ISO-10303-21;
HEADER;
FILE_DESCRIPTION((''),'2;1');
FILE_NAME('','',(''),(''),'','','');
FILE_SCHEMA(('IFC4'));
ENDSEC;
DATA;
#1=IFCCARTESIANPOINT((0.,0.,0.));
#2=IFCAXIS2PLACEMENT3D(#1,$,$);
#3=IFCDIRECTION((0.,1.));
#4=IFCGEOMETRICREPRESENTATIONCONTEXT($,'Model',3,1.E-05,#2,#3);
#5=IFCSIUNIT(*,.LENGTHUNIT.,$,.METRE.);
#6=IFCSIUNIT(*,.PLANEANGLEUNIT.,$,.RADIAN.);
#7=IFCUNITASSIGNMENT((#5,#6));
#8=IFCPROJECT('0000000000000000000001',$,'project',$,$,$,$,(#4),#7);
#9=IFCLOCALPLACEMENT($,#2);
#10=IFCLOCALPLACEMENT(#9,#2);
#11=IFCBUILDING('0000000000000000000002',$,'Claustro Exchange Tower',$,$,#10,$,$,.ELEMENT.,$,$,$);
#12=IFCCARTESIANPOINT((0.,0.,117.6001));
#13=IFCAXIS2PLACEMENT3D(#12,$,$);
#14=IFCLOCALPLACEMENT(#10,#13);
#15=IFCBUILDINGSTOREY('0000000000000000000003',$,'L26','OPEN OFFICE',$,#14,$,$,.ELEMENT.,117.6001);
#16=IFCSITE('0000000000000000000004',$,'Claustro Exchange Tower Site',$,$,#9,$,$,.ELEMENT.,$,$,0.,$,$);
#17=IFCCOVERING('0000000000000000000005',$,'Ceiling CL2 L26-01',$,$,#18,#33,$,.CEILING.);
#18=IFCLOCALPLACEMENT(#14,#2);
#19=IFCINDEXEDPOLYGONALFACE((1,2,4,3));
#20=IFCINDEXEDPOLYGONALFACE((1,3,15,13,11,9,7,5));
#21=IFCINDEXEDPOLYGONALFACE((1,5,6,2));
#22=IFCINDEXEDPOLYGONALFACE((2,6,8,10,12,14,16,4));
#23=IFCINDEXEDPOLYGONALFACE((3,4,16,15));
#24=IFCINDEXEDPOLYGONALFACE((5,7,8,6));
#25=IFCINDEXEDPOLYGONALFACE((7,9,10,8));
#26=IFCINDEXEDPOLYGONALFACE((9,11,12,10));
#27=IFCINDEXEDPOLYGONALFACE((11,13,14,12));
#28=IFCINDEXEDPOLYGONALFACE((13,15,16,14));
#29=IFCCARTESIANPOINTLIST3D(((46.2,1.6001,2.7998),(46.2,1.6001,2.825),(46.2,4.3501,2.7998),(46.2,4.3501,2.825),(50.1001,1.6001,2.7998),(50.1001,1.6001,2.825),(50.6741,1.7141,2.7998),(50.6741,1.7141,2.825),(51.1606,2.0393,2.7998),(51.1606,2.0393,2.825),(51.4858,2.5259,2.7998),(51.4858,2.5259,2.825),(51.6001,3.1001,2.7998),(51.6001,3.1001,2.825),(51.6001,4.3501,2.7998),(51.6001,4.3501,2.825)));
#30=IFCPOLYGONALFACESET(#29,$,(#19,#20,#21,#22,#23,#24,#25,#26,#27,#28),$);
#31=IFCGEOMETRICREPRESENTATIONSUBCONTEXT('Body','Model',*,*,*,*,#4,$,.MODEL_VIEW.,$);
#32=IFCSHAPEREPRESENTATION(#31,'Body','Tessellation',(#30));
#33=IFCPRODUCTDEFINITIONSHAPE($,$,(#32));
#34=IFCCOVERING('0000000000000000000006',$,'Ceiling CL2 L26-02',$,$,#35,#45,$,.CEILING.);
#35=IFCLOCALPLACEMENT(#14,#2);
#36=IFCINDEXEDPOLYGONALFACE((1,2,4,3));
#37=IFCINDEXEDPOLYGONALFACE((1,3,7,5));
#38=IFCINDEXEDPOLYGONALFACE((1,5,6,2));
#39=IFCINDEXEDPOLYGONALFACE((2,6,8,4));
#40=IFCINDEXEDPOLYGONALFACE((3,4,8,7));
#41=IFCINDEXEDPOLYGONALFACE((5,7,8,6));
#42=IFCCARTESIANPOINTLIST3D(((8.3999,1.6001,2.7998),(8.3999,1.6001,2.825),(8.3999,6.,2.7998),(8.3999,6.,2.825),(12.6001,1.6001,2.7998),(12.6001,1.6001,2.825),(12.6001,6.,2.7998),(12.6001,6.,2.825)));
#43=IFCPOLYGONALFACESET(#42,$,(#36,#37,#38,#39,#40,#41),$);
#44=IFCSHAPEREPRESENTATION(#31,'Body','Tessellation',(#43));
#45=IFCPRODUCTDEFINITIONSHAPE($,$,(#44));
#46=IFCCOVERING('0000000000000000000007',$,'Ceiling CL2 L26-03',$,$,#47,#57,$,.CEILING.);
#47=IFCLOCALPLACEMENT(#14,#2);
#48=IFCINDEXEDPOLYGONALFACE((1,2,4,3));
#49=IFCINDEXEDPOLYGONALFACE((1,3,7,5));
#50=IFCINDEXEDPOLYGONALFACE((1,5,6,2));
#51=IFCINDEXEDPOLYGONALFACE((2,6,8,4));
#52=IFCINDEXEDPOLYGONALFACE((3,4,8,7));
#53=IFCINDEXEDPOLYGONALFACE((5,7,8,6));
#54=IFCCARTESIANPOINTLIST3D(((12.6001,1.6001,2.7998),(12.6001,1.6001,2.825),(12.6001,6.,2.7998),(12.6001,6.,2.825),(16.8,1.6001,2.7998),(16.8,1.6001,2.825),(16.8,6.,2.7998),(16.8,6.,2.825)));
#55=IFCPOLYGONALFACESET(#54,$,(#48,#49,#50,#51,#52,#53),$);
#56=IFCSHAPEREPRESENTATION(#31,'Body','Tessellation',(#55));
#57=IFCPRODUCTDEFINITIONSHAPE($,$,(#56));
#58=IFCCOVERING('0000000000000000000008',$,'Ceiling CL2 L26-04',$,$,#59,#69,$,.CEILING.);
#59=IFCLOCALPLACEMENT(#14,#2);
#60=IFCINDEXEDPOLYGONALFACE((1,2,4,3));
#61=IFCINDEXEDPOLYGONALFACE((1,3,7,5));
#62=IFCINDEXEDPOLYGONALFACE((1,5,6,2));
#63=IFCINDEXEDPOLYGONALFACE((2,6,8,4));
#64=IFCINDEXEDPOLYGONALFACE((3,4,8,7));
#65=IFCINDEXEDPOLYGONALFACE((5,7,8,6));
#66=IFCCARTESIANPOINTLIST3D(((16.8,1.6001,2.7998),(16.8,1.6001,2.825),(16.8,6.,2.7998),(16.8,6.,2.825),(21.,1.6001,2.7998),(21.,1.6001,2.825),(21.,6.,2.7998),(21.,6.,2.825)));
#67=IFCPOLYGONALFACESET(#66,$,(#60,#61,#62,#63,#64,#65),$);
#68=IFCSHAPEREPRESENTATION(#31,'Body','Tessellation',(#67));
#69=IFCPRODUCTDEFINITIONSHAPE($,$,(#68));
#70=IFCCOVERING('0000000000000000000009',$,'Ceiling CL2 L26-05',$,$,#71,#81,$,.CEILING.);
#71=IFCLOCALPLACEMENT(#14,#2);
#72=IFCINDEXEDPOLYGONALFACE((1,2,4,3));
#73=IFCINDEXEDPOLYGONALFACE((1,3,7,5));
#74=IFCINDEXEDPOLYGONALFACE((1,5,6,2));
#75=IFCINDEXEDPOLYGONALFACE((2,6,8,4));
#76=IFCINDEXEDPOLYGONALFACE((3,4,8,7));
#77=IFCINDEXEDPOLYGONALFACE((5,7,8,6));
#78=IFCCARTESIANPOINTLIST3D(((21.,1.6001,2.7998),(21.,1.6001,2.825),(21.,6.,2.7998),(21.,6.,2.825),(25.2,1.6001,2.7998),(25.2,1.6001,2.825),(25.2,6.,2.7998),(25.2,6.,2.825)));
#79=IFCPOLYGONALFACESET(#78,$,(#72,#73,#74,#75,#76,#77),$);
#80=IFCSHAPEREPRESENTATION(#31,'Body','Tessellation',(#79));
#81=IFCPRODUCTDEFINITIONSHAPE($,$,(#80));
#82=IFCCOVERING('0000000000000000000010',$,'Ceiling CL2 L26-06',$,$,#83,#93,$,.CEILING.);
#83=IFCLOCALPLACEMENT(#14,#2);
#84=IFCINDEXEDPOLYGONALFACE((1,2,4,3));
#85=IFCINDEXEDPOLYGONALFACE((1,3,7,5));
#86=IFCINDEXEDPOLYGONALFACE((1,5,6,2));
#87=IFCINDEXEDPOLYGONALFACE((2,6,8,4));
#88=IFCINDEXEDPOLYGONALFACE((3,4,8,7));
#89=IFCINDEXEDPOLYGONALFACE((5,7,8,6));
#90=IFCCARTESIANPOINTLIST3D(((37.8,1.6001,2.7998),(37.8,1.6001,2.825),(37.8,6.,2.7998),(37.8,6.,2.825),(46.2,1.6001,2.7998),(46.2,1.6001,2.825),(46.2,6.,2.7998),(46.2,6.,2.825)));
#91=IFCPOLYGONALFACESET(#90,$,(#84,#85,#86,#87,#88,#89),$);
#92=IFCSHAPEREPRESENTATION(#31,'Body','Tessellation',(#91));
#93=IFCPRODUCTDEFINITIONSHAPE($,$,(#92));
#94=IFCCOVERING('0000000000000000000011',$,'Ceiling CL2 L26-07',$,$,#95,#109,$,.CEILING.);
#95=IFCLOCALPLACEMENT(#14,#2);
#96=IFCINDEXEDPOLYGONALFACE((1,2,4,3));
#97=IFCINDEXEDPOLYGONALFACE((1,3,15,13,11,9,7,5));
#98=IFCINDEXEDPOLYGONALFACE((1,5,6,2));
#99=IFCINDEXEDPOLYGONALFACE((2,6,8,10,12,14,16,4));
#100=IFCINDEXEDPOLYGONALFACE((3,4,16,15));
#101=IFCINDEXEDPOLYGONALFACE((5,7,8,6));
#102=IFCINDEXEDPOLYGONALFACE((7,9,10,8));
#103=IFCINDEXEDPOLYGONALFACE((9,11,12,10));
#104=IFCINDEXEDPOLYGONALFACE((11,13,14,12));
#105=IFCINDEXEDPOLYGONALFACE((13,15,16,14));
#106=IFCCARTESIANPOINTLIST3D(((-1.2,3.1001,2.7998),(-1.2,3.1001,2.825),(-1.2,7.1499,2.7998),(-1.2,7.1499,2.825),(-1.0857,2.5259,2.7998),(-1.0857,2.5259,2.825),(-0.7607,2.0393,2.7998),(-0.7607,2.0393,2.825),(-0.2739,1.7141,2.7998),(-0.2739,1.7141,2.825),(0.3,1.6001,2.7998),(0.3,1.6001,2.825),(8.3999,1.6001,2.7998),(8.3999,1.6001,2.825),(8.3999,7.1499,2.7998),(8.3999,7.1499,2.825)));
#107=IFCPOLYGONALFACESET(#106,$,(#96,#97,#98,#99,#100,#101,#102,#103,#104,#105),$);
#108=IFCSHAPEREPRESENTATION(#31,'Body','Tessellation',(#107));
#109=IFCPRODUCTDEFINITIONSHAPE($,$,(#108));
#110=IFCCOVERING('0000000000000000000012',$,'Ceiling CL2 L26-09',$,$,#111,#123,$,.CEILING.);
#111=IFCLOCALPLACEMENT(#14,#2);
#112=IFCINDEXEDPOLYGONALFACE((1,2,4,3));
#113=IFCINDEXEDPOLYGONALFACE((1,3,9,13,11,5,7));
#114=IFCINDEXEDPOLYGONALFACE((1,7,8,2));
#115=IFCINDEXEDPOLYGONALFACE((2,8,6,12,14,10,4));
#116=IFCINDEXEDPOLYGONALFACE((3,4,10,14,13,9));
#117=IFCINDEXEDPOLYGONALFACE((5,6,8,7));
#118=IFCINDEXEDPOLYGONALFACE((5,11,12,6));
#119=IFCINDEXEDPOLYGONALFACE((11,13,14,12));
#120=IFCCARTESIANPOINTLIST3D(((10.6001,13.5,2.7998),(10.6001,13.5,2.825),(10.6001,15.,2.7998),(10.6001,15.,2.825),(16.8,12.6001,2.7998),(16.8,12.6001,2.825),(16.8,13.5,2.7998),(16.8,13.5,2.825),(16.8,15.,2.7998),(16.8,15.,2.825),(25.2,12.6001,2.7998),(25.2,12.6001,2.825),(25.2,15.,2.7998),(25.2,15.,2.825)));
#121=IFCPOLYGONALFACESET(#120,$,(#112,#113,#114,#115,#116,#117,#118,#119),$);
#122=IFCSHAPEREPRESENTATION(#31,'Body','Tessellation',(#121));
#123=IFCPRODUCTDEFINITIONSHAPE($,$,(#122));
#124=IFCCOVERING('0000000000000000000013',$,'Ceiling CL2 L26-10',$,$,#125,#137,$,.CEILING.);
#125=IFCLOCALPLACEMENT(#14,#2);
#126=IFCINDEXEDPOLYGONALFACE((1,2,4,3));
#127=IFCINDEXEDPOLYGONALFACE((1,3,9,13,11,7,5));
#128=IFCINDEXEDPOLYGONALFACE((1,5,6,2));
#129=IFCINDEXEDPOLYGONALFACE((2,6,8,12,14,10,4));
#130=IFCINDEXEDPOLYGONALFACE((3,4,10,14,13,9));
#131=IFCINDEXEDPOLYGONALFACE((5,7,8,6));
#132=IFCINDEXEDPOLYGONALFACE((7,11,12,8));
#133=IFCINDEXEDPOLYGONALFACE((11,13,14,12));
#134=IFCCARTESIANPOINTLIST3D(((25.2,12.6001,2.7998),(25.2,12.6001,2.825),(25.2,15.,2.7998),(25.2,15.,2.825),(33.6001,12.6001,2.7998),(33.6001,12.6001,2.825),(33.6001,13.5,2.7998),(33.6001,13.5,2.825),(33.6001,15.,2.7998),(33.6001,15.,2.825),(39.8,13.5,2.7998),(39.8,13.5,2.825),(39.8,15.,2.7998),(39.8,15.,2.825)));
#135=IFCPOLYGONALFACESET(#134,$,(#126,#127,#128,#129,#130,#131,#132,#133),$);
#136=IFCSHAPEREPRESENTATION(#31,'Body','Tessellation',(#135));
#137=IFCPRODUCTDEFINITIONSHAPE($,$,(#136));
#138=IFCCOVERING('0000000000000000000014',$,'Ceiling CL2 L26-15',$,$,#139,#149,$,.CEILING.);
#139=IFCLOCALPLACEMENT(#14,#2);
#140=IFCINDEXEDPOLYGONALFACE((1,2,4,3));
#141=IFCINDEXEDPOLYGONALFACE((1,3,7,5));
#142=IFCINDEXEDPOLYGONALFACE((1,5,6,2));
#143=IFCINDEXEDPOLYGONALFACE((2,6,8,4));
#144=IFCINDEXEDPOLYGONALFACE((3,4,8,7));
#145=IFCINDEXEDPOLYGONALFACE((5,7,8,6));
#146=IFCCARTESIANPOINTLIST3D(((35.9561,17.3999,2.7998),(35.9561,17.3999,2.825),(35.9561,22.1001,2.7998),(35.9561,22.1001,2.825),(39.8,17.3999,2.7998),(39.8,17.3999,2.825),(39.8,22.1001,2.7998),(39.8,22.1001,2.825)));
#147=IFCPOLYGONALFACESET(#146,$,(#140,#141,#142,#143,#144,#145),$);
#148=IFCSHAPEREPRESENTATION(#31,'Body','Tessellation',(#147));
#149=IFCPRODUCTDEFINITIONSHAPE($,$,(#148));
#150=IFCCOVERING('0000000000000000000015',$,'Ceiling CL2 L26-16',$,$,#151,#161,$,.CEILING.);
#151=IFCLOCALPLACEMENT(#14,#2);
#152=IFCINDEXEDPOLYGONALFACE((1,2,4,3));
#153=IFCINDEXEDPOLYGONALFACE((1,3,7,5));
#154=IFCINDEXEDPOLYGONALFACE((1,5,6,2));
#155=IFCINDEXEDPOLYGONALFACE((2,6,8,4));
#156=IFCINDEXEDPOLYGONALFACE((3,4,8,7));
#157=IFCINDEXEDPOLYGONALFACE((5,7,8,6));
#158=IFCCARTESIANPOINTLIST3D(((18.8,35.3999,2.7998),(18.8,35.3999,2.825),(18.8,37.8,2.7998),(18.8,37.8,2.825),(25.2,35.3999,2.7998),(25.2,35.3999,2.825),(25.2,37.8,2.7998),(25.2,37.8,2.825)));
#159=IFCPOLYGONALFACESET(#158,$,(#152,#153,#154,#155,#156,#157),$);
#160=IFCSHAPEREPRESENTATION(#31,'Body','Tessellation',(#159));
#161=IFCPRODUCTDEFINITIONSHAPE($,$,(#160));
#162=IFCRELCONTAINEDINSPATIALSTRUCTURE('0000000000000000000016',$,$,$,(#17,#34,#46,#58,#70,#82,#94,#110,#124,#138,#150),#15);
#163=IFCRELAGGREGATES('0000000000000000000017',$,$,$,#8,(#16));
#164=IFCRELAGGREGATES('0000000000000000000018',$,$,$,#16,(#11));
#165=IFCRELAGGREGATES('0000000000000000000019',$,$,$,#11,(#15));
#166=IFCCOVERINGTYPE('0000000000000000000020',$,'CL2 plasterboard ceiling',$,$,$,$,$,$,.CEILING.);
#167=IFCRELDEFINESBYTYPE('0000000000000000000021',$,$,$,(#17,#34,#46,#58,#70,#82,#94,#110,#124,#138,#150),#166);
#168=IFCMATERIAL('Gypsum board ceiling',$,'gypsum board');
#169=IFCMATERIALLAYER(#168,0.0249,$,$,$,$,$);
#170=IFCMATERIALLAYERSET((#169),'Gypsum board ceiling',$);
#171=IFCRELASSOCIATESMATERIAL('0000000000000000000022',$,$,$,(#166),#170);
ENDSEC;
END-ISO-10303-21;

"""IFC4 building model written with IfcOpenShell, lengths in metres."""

from ifc_helpers import new_model, si_unit, direction, frame, origin, place, context, subcontext, project, spatial, polyline, outline, extrude, material, layer, layer_set, type_object, element, save


model = new_model("IFC4")

# Units and contexts
model_context = context("Model", 3, precision=1e-05, world=origin(), true_north=direction((0.0, 1.0)))
body_context = subcontext(model_context, "Body", "Model", "MODEL_VIEW")
ifc_project = project(units=[si_unit("LENGTHUNIT", "METRE"), si_unit("PLANEANGLEUNIT", "RADIAN")], contexts=[model_context])

# Site, building, storey
site_placement = place(None, origin())
site = spatial("IfcSite", under=ifc_project, at=site_placement, Name="Claustro Exchange Tower Site", CompositionType="ELEMENT", RefElevation=0.0)
building_placement = place(site_placement, origin())
building = spatial("IfcBuilding", under=site, at=building_placement, Name="Claustro Exchange Tower", CompositionType="ELEMENT")
storey_placement = place(building_placement, frame((0.0, 0.0, 117.6001)))
storey = spatial("IfcBuildingStorey", under=building, at=storey_placement, Name="L26", Description="OPEN OFFICE", CompositionType="ELEMENT", Elevation=117.6001)

# Coverings
ifc_material_1 = material(Name="Gypsum board ceiling", Category="gypsum board")
ifc_layer_1 = layer(ifc_material_1, 0.0249)
ifc_layer_set_1 = layer_set([ifc_layer_1], Name="Gypsum board ceiling")
covering_type_1 = type_object("IfcCoveringType", Name="CL2 plasterboard ceiling", PredefinedType="CEILING", material=ifc_layer_set_1)
covering_1_placement = place(storey_placement, frame((0.0, 0.0, 2.7998)))
element("IfcCovering", 1, at=covering_1_placement, inside=storey, type_object=covering_type_1, Name="Ceiling CL2 L26-01", PredefinedType="CEILING", context=body_context, shape_type="SweptSolid", body=[
    extrude(outline(polyline([(51.6001, 3.1001), (51.6001, 4.3501), (46.2, 4.3501), (46.2, 1.6001), (50.1001, 1.6001), (50.6741, 1.7141), (51.1606, 2.0393), (51.4858, 2.5259), (51.6001, 3.1001)])), origin(), (0.0, 0.0, 1.0), 0.0251),
])
covering_2_placement = place(storey_placement, frame((0.0, 0.0, 2.7998)))
element("IfcCovering", 2, at=covering_2_placement, inside=storey, type_object=covering_type_1, Name="Ceiling CL2 L26-02", PredefinedType="CEILING", context=body_context, shape_type="SweptSolid", body=[
    extrude(outline(polyline([(8.3999, 1.6001), (12.6001, 1.6001), (12.6001, 6.0), (8.3999, 6.0), (8.3999, 1.6001)])), origin(), (0.0, 0.0, 1.0), 0.0251),
])
covering_3_placement = place(storey_placement, frame((0.0, 0.0, 2.7998)))
element("IfcCovering", 3, at=covering_3_placement, inside=storey, type_object=covering_type_1, Name="Ceiling CL2 L26-03", PredefinedType="CEILING", context=body_context, shape_type="SweptSolid", body=[
    extrude(outline(polyline([(12.6001, 1.6001), (16.8, 1.6001), (16.8, 6.0), (12.6001, 6.0), (12.6001, 1.6001)])), origin(), (0.0, 0.0, 1.0), 0.0251),
])
covering_4_placement = place(storey_placement, frame((0.0, 0.0, 2.7998)))
element("IfcCovering", 4, at=covering_4_placement, inside=storey, type_object=covering_type_1, Name="Ceiling CL2 L26-04", PredefinedType="CEILING", context=body_context, shape_type="SweptSolid", body=[
    extrude(outline(polyline([(16.8, 1.6001), (21.0, 1.6001), (21.0, 6.0), (16.8, 6.0), (16.8, 1.6001)])), origin(), (0.0, 0.0, 1.0), 0.0251),
])
covering_5_placement = place(storey_placement, frame((0.0, 0.0, 2.7998)))
element("IfcCovering", 5, at=covering_5_placement, inside=storey, type_object=covering_type_1, Name="Ceiling CL2 L26-05", PredefinedType="CEILING", context=body_context, shape_type="SweptSolid", body=[
    extrude(outline(polyline([(21.0, 1.6001), (25.2, 1.6001), (25.2, 6.0), (21.0, 6.0), (21.0, 1.6001)])), origin(), (0.0, 0.0, 1.0), 0.0251),
])
covering_6_placement = place(storey_placement, frame((0.0, 0.0, 2.7998)))
element("IfcCovering", 6, at=covering_6_placement, inside=storey, type_object=covering_type_1, Name="Ceiling CL2 L26-06", PredefinedType="CEILING", context=body_context, shape_type="SweptSolid", body=[
    extrude(outline(polyline([(37.8, 1.6001), (46.2, 1.6001), (46.2, 6.0), (37.8, 6.0), (37.8, 1.6001)])), origin(), (0.0, 0.0, 1.0), 0.0251),
])
covering_7_placement = place(storey_placement, frame((0.0, 0.0, 2.7998)))
element("IfcCovering", 7, at=covering_7_placement, inside=storey, type_object=covering_type_1, Name="Ceiling CL2 L26-07", PredefinedType="CEILING", context=body_context, shape_type="SweptSolid", body=[
    extrude(outline(polyline([(-1.0857, 2.5259), (-0.7607, 2.0393), (-0.2739, 1.7141), (0.3, 1.6001), (8.3999, 1.6001), (8.3999, 7.1499), (-1.2, 7.1499), (-1.2, 3.1001), (-1.0857, 2.5259)])), origin(), (0.0, 0.0, 1.0), 0.0251),
])
covering_8_placement = place(storey_placement, frame((0.0, 0.0, 2.7998)))
element("IfcCovering", 8, at=covering_8_placement, inside=storey, type_object=covering_type_1, Name="Ceiling CL2 L26-09", PredefinedType="CEILING", context=body_context, shape_type="SweptSolid", body=[
    extrude(outline(polyline([(10.6001, 15.0), (10.6001, 13.5), (16.8, 13.5), (16.8, 12.6001), (25.2, 12.6001), (25.2, 15.0), (16.8, 15.0), (16.8, 15.0), (10.6001, 15.0)])), origin(), (0.0, 0.0, 1.0), 0.0251),
])
covering_9_placement = place(storey_placement, frame((0.0, 0.0, 2.7998)))
element("IfcCovering", 9, at=covering_9_placement, inside=storey, type_object=covering_type_1, Name="Ceiling CL2 L26-10", PredefinedType="CEILING", context=body_context, shape_type="SweptSolid", body=[
    extrude(outline(polyline([(39.8, 13.5), (39.8, 15.0), (33.6001, 15.0), (33.6001, 15.0), (25.2, 15.0), (25.2, 12.6001), (33.6001, 12.6001), (33.6001, 13.5), (39.8, 13.5)])), origin(), (0.0, 0.0, 1.0), 0.0251),
])
covering_10_placement = place(storey_placement, frame((0.0, 0.0, 2.7998)))
element("IfcCovering", 10, at=covering_10_placement, inside=storey, type_object=covering_type_1, Name="Ceiling CL2 L26-15", PredefinedType="CEILING", context=body_context, shape_type="SweptSolid", body=[
    extrude(outline(polyline([(39.8, 17.3999), (39.8, 22.1001), (35.9561, 22.1001), (35.9561, 17.3999), (39.8, 17.3999)])), origin(), (0.0, 0.0, 1.0), 0.0251),
])
covering_11_placement = place(storey_placement, frame((0.0, 0.0, 2.7998)))
element("IfcCovering", 11, at=covering_11_placement, inside=storey, type_object=covering_type_1, Name="Ceiling CL2 L26-16", PredefinedType="CEILING", context=body_context, shape_type="SweptSolid", body=[
    extrude(outline(polyline([(18.8, 35.3999), (25.2, 35.3999), (25.2, 37.8), (18.8, 37.8), (18.8, 35.3999)])), origin(), (0.0, 0.0, 1.0), 0.0251),
])

save(model, "model.ifc")
